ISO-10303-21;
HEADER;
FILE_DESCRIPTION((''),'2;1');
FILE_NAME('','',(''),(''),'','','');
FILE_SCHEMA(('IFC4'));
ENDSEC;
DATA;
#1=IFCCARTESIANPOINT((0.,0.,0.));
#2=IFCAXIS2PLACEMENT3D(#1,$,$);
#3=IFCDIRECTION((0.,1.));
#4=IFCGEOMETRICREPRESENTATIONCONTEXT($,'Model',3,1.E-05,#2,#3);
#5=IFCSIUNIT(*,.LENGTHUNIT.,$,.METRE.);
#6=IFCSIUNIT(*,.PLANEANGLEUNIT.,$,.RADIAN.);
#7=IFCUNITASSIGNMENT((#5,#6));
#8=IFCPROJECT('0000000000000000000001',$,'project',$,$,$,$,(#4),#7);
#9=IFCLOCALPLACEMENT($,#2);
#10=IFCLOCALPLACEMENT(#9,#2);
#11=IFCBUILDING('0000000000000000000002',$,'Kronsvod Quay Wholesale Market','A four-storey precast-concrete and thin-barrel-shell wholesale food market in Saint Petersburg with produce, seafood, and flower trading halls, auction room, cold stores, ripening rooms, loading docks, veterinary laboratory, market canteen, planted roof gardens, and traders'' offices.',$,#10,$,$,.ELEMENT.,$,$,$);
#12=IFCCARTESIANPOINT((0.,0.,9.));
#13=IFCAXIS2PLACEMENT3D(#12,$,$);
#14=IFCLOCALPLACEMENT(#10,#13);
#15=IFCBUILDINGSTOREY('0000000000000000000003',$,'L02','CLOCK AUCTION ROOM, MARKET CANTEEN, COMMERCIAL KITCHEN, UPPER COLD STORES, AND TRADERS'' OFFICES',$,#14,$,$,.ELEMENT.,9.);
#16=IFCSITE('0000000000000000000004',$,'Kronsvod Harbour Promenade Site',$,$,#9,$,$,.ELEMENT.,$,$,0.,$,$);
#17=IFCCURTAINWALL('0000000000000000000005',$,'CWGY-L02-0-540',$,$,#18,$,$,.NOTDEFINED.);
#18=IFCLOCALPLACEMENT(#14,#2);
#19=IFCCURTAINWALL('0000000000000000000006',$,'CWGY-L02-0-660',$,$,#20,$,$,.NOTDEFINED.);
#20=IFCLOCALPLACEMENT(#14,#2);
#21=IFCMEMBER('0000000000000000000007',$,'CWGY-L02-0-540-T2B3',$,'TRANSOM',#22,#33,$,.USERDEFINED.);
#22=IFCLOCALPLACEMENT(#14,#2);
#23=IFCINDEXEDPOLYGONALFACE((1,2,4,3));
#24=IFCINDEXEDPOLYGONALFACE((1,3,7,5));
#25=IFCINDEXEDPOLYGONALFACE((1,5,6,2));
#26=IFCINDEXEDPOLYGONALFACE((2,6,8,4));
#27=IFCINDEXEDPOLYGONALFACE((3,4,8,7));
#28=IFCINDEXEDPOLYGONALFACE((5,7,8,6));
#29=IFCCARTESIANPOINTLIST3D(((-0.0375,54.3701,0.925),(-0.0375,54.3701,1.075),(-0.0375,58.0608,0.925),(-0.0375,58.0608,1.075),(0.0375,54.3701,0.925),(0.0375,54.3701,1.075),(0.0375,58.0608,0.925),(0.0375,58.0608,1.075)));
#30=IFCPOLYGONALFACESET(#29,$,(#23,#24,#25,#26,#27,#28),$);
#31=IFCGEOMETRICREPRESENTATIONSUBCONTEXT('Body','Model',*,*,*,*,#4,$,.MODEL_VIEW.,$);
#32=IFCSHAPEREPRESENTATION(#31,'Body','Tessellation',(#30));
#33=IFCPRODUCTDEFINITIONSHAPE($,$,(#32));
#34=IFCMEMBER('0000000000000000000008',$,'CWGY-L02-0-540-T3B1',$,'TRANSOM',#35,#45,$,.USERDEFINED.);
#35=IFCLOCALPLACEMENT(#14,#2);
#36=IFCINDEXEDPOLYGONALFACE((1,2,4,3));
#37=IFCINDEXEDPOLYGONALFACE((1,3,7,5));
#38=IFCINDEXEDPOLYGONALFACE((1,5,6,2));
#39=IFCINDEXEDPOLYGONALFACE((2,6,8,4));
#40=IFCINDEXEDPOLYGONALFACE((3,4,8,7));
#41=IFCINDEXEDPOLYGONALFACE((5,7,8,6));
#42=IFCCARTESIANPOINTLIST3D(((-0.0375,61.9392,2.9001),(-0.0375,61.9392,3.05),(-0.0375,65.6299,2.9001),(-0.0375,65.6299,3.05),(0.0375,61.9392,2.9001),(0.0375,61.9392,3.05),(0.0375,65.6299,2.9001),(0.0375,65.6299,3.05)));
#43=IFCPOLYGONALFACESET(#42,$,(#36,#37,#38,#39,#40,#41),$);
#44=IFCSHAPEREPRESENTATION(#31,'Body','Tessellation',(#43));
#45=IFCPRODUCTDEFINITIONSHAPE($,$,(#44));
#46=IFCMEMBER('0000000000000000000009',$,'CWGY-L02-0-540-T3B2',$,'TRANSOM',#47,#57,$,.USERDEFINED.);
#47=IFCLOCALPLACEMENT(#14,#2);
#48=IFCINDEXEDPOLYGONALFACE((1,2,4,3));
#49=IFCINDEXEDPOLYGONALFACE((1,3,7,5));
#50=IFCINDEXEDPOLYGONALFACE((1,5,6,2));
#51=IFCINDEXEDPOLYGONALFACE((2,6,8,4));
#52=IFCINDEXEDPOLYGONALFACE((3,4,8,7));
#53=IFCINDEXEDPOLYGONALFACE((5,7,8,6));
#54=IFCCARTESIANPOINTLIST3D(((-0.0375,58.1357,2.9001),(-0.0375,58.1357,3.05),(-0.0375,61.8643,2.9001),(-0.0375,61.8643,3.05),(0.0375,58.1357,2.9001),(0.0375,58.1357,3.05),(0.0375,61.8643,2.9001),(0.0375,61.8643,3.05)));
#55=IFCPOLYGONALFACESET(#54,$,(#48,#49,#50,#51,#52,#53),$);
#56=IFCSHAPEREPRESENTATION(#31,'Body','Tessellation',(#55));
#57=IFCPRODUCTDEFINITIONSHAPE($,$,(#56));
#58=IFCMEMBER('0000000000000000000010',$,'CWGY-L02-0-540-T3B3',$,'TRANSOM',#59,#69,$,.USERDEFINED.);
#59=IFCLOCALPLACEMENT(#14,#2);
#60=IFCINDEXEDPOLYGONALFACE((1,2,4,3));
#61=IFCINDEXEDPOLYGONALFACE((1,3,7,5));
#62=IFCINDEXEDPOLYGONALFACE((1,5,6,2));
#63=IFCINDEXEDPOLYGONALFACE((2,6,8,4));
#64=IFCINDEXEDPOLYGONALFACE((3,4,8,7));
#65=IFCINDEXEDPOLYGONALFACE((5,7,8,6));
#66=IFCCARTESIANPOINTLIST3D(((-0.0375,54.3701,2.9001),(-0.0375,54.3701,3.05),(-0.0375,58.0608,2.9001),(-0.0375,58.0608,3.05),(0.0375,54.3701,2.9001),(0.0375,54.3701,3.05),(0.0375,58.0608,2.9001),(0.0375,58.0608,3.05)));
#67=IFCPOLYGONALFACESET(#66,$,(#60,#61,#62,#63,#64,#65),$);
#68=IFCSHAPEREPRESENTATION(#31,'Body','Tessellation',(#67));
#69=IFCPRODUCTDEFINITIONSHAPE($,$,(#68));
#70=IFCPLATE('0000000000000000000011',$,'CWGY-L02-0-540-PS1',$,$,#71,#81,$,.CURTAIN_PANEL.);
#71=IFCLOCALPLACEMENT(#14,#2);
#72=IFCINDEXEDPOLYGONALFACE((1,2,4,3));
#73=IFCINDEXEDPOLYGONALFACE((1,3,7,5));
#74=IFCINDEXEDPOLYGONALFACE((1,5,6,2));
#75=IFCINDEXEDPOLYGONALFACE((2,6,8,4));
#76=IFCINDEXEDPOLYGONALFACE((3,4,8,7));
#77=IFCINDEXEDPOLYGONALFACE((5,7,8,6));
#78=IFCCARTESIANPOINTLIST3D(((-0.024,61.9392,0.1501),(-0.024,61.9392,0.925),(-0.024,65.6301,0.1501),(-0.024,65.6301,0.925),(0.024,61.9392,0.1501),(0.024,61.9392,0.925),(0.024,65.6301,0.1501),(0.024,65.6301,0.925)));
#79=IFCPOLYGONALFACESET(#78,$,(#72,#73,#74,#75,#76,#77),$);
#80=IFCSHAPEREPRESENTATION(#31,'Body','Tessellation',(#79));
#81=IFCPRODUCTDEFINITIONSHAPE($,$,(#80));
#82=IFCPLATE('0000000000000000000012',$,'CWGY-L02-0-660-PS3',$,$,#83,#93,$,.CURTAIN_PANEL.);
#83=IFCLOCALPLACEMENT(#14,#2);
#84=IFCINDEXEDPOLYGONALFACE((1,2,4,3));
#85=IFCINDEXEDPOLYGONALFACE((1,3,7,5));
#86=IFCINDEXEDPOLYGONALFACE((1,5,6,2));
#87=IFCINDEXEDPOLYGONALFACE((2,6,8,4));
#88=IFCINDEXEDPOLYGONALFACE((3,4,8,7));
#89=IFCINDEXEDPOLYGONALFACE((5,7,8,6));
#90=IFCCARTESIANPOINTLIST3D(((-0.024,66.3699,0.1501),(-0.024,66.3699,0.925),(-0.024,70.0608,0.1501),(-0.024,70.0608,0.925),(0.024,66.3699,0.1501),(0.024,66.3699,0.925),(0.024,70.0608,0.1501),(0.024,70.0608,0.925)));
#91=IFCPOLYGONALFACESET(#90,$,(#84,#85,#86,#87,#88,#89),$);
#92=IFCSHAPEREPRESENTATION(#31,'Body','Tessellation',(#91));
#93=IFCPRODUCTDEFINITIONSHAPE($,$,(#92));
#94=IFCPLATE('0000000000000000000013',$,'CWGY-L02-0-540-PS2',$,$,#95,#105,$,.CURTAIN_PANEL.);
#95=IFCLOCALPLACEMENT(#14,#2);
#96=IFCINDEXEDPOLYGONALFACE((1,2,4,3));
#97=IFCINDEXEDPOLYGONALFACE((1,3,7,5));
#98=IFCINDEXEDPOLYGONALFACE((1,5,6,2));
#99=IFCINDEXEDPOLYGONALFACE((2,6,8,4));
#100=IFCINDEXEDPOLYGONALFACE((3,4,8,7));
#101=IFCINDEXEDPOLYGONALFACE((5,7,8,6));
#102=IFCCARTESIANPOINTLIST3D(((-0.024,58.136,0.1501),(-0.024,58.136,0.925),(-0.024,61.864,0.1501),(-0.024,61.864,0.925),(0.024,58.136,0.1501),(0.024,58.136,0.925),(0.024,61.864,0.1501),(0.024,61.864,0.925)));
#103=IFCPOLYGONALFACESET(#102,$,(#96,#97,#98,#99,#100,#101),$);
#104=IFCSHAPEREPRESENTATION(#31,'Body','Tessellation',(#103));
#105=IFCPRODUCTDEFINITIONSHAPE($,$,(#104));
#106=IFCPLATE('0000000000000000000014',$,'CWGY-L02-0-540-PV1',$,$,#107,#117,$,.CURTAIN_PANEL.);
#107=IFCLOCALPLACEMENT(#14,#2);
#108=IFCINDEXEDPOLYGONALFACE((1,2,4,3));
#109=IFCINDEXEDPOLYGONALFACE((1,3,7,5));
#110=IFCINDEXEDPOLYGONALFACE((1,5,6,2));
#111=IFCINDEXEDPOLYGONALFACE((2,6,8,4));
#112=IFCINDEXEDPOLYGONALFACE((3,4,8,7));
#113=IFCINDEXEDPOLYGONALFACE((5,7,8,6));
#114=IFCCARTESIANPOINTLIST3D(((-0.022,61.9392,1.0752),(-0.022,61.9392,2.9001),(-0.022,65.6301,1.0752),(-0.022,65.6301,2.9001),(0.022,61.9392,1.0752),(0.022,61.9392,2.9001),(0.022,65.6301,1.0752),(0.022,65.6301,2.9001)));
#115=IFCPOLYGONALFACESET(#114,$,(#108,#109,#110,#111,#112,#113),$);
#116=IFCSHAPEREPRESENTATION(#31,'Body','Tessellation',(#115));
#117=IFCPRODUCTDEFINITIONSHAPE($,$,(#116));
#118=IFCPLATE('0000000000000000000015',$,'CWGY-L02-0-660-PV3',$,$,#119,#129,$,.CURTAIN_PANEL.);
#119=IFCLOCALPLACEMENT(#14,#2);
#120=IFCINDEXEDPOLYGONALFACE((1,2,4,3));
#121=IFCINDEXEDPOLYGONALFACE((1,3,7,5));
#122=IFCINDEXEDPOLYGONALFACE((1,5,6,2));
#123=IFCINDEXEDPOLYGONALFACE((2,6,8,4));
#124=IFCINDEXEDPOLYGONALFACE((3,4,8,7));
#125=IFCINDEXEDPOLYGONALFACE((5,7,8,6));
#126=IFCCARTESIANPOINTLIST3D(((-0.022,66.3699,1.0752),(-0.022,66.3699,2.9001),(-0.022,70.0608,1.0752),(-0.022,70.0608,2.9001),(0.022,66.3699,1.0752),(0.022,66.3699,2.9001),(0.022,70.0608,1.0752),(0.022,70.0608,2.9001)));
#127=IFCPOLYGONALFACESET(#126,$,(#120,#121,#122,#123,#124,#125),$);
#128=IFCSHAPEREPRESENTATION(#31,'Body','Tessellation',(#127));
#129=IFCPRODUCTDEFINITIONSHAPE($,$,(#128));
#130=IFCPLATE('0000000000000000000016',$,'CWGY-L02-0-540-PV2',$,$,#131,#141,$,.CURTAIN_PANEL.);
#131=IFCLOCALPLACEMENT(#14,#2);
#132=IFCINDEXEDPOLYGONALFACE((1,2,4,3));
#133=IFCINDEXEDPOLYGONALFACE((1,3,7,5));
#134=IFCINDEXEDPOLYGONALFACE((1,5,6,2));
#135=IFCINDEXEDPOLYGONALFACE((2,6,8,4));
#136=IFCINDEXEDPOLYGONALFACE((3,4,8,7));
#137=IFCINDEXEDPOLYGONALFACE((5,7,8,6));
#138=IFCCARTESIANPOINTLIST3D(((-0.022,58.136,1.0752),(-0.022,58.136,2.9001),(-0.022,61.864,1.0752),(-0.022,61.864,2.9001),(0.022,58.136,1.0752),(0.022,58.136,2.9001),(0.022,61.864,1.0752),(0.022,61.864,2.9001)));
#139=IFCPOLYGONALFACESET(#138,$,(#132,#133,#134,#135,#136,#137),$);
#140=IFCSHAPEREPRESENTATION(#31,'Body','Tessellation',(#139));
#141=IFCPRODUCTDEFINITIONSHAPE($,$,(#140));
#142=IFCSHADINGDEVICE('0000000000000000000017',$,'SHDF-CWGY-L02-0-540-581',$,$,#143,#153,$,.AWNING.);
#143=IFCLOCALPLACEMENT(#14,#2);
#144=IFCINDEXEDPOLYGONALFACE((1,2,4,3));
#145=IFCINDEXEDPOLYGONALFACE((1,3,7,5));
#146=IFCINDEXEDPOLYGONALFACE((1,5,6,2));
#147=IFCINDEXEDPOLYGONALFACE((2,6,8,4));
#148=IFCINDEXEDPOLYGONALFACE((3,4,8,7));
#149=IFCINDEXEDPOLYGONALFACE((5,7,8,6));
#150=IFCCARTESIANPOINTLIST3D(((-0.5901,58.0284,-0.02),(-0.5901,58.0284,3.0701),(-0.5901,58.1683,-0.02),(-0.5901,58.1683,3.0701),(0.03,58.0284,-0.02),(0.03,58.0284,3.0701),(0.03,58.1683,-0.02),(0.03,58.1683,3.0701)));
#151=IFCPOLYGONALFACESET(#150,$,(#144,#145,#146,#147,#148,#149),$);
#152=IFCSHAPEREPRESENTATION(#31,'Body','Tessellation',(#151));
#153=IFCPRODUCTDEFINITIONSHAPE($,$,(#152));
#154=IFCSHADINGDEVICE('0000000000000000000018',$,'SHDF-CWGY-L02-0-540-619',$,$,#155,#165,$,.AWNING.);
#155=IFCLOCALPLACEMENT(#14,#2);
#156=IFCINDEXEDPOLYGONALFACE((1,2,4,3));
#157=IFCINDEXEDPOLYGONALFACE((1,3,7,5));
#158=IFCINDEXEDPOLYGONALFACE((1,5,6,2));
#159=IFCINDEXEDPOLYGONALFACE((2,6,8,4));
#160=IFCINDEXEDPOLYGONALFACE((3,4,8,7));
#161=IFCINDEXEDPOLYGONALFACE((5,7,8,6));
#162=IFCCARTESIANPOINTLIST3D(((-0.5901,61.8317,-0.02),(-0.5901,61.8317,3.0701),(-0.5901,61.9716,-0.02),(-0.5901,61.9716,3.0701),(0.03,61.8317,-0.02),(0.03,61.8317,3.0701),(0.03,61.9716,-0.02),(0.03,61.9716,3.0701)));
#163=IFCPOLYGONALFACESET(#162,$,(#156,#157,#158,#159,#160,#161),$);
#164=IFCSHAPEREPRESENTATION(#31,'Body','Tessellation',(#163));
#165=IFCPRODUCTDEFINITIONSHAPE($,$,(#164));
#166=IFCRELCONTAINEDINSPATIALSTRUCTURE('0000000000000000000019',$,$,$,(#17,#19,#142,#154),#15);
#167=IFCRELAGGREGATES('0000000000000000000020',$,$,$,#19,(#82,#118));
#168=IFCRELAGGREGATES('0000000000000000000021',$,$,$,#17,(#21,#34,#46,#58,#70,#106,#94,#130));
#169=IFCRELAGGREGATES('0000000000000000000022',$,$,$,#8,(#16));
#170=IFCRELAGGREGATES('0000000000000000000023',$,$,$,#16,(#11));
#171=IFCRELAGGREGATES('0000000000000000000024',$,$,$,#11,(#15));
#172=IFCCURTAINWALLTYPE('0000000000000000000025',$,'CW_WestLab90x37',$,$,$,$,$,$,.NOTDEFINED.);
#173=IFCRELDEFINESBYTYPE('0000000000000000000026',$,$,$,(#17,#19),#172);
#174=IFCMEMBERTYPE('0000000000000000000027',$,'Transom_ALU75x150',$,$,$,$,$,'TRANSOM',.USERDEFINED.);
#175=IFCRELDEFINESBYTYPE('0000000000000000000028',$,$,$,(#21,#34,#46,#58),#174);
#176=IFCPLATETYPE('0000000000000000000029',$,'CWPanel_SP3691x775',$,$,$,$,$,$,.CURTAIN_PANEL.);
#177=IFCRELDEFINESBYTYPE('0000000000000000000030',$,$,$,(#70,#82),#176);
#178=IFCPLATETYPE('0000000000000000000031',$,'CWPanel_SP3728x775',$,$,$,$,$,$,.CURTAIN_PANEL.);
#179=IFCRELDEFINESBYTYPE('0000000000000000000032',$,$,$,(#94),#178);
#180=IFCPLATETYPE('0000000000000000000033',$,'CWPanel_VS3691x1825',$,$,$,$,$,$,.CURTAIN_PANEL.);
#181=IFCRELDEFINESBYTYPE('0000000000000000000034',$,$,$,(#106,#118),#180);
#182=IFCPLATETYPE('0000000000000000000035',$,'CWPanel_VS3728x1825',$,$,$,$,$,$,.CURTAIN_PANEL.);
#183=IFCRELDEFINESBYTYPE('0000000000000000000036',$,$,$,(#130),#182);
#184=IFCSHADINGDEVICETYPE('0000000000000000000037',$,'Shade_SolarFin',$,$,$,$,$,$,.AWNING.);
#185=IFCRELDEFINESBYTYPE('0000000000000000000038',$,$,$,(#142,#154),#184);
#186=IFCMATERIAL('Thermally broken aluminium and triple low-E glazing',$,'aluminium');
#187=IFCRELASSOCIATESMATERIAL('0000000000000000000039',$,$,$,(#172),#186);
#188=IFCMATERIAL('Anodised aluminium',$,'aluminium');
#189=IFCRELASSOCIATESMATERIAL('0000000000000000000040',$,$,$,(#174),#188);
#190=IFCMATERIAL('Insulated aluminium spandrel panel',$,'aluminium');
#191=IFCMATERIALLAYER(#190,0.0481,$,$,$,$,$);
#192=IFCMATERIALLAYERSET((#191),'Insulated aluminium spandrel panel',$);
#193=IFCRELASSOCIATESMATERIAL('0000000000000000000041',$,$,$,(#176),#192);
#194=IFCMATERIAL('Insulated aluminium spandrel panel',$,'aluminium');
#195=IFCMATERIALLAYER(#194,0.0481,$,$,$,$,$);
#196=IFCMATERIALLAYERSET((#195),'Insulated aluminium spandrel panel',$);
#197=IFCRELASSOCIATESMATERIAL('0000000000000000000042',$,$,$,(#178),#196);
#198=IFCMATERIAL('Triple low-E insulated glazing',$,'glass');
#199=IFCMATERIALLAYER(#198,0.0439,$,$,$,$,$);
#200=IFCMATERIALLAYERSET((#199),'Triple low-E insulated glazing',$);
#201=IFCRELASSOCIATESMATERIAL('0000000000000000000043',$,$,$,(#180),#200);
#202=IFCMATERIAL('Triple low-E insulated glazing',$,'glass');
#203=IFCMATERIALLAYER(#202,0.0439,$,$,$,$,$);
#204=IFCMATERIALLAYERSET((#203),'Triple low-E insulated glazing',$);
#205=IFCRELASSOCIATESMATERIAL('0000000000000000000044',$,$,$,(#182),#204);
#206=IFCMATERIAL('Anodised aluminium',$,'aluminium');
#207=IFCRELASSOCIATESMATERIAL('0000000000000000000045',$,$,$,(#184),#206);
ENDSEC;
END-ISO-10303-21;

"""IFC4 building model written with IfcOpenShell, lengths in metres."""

from ifc_helpers import new_model, si_unit, direction, frame, origin, origin_2d, place, context, subcontext, project, spatial, rectangle, extrude, material, layer, layer_set, material_profile, profile_set, type_object, element, aggregate, save


model = new_model("IFC4")

# Units and contexts
model_context = context("Model", 3, precision=1e-05, world=origin(), true_north=direction((0.0, 1.0)))
body_context = subcontext(model_context, "Body", "Model", "MODEL_VIEW")
ifc_project = project(units=[si_unit("LENGTHUNIT", "METRE"), si_unit("PLANEANGLEUNIT", "RADIAN")], contexts=[model_context])

# Site, building, storey
site_placement = place(None, origin())
site = spatial("IfcSite", under=ifc_project, at=site_placement, Name="Kronsvod Harbour Promenade Site", CompositionType="ELEMENT", RefElevation=0.0)
building_placement = place(site_placement, origin())
building = spatial("IfcBuilding", under=site, at=building_placement, Name="Kronsvod Quay Wholesale Market", Description="A four-storey precast-concrete and thin-barrel-shell wholesale food market in Saint Petersburg with produce, seafood, and flower trading halls, auction room, cold stores, ripening rooms, loading docks, veterinary laboratory, market canteen, planted roof gardens, and traders' offices.", CompositionType="ELEMENT")
storey_placement = place(building_placement, frame((0.0, 0.0, 9.0)))
storey = spatial("IfcBuildingStorey", under=building, at=storey_placement, Name="L02", Description="CLOCK AUCTION ROOM, MARKET CANTEEN, COMMERCIAL KITCHEN, UPPER COLD STORES, AND TRADERS' OFFICES", CompositionType="ELEMENT", Elevation=9.0)

# Curtain wall
ifc_material_1 = material(Name="Thermally broken aluminium and triple low-E glazing", Category="aluminium")
curtain_wall_type = type_object("IfcCurtainWallType", Name="CW_WestLab90x37", PredefinedType="NOTDEFINED", material=ifc_material_1)
curtain_wall_1_placement = place(storey_placement, origin())
curtain_wall_1 = element("IfcCurtainWall", 1, at=curtain_wall_1_placement, inside=storey, type_object=curtain_wall_type, Name="CWGY-L02-0-540", PredefinedType="NOTDEFINED")

# Curtain wall
curtain_wall_2_placement = place(storey_placement, origin())
curtain_wall_2 = element("IfcCurtainWall", 2, at=curtain_wall_2_placement, inside=storey, type_object=curtain_wall_type, Name="CWGY-L02-0-660", PredefinedType="NOTDEFINED")

# Members
ifc_material_2 = material(Name="Anodised aluminium", Category="aluminium")
ifc_material_profile_1 = material_profile(ifc_material_2, rectangle(XDim=0.075, YDim=0.1499, at=origin_2d()), Name="ALUT75x150")
ifc_profile_set_1 = profile_set([ifc_material_profile_1], Name="Anodised aluminium")
member_type_1 = type_object("IfcMemberType", Name="Transom_ALU75x150", ElementType="TRANSOM", PredefinedType="USERDEFINED", material=ifc_profile_set_1)
member_1_placement = place(storey_placement, frame((0.0, 58.0608, 1.0), z_axis=(0.0, -1.0, 0.0), x_axis=(1.0, 0.0, 0.0)))
member_1 = element("IfcMember", 3, at=member_1_placement, type_object=member_type_1, Name="CWGY-L02-0-540-T2B3", ObjectType="TRANSOM", PredefinedType="USERDEFINED", context=body_context, shape_type="SweptSolid", body=[
    extrude(rectangle(XDim=0.075, YDim=0.1499, at=origin_2d()), origin(), (0.0, 0.0, 1.0), 3.6907),
])
member_2_placement = place(storey_placement, frame((0.0, 65.6299, 2.9751), z_axis=(0.0, -1.0, 0.0), x_axis=(1.0, 0.0, 0.0)))
member_2 = element("IfcMember", 4, at=member_2_placement, type_object=member_type_1, Name="CWGY-L02-0-540-T3B1", ObjectType="TRANSOM", PredefinedType="USERDEFINED", context=body_context, shape_type="SweptSolid", body=[
    extrude(rectangle(XDim=0.075, YDim=0.1499, at=origin_2d()), origin(), (0.0, 0.0, 1.0), 3.6907),
])
member_3_placement = place(storey_placement, frame((0.0, 61.8643, 2.9751), z_axis=(0.0, -1.0, 0.0), x_axis=(1.0, 0.0, 0.0)))
member_3 = element("IfcMember", 5, at=member_3_placement, type_object=member_type_1, Name="CWGY-L02-0-540-T3B2", ObjectType="TRANSOM", PredefinedType="USERDEFINED", context=body_context, shape_type="SweptSolid", body=[
    extrude(rectangle(XDim=0.075, YDim=0.1499, at=origin_2d()), origin(), (0.0, 0.0, 1.0), 3.7285),
])
member_4_placement = place(storey_placement, frame((0.0, 58.0608, 2.9751), z_axis=(0.0, -1.0, 0.0), x_axis=(1.0, 0.0, 0.0)))
member_4 = element("IfcMember", 6, at=member_4_placement, type_object=member_type_1, Name="CWGY-L02-0-540-T3B3", ObjectType="TRANSOM", PredefinedType="USERDEFINED", context=body_context, shape_type="SweptSolid", body=[
    extrude(rectangle(XDim=0.075, YDim=0.1499, at=origin_2d()), origin(), (0.0, 0.0, 1.0), 3.6907),
])

# Plates
ifc_material_3 = material(Name="Insulated aluminium spandrel panel", Category="aluminium")
ifc_layer_1 = layer(ifc_material_3, 0.0481)
ifc_layer_set_1 = layer_set([ifc_layer_1], Name="Insulated aluminium spandrel panel")
plate_type_1 = type_object("IfcPlateType", Name="CWPanel_SP3691x775", PredefinedType="CURTAIN_PANEL", material=ifc_layer_set_1)
plate_1_placement = place(storey_placement, frame((0.0, 63.7847, 0.1501), z_axis=(0.0, 0.0, 1.0), x_axis=(0.0, -1.0, 0.0)))
plate_1 = element("IfcPlate", 7, at=plate_1_placement, type_object=plate_type_1, Name="CWGY-L02-0-540-PS1", PredefinedType="CURTAIN_PANEL", context=body_context, shape_type="SweptSolid", body=[
    extrude(rectangle(XDim=3.6909, YDim=0.0481, at=origin_2d()), origin(), (0.0, 0.0, 1.0), 0.7749),
])
plate_2_placement = place(storey_placement, frame((0.0, 68.2153, 0.1501), z_axis=(0.0, 0.0, 1.0), x_axis=(0.0, -1.0, 0.0)))
plate_2 = element("IfcPlate", 8, at=plate_2_placement, type_object=plate_type_1, Name="CWGY-L02-0-660-PS3", PredefinedType="CURTAIN_PANEL", context=body_context, shape_type="SweptSolid", body=[
    extrude(rectangle(XDim=3.6909, YDim=0.0481, at=origin_2d()), origin(), (0.0, 0.0, 1.0), 0.7749),
])
ifc_material_4 = material(Name="Insulated aluminium spandrel panel", Category="aluminium")
ifc_layer_2 = layer(ifc_material_4, 0.0481)
ifc_layer_set_2 = layer_set([ifc_layer_2], Name="Insulated aluminium spandrel panel")
plate_type_2 = type_object("IfcPlateType", Name="CWPanel_SP3728x775", PredefinedType="CURTAIN_PANEL", material=ifc_layer_set_2)
plate_3_placement = place(storey_placement, frame((0.0, 60.0, 0.1501), z_axis=(0.0, 0.0, 1.0), x_axis=(0.0, -1.0, 0.0)))
plate_3 = element("IfcPlate", 9, at=plate_3_placement, type_object=plate_type_2, Name="CWGY-L02-0-540-PS2", PredefinedType="CURTAIN_PANEL", context=body_context, shape_type="SweptSolid", body=[
    extrude(rectangle(XDim=3.728, YDim=0.0481, at=origin_2d()), origin(), (0.0, 0.0, 1.0), 0.7749),
])
ifc_material_5 = material(Name="Triple low-E insulated glazing", Category="glass")
ifc_layer_3 = layer(ifc_material_5, 0.0439)
ifc_layer_set_3 = layer_set([ifc_layer_3], Name="Triple low-E insulated glazing")
plate_type_3 = type_object("IfcPlateType", Name="CWPanel_VS3691x1825", PredefinedType="CURTAIN_PANEL", material=ifc_layer_set_3)
plate_4_placement = place(storey_placement, frame((0.0, 63.7847, 1.0752), z_axis=(0.0, 0.0, 1.0), x_axis=(0.0, -1.0, 0.0)))
plate_4 = element("IfcPlate", 10, at=plate_4_placement, type_object=plate_type_3, Name="CWGY-L02-0-540-PV1", PredefinedType="CURTAIN_PANEL", context=body_context, shape_type="SweptSolid", body=[
    extrude(rectangle(XDim=3.6909, YDim=0.0439, at=origin_2d()), origin(), (0.0, 0.0, 1.0), 1.825),
])
plate_5_placement = place(storey_placement, frame((0.0, 68.2153, 1.0752), z_axis=(0.0, 0.0, 1.0), x_axis=(0.0, -1.0, 0.0)))
plate_5 = element("IfcPlate", 11, at=plate_5_placement, type_object=plate_type_3, Name="CWGY-L02-0-660-PV3", PredefinedType="CURTAIN_PANEL", context=body_context, shape_type="SweptSolid", body=[
    extrude(rectangle(XDim=3.6909, YDim=0.0439, at=origin_2d()), origin(), (0.0, 0.0, 1.0), 1.825),
])
aggregate(curtain_wall_2, [plate_2, plate_5])
ifc_material_6 = material(Name="Triple low-E insulated glazing", Category="glass")
ifc_layer_4 = layer(ifc_material_6, 0.0439)
ifc_layer_set_4 = layer_set([ifc_layer_4], Name="Triple low-E insulated glazing")
plate_type_4 = type_object("IfcPlateType", Name="CWPanel_VS3728x1825", PredefinedType="CURTAIN_PANEL", material=ifc_layer_set_4)
plate_6_placement = place(storey_placement, frame((0.0, 60.0, 1.0752), z_axis=(0.0, 0.0, 1.0), x_axis=(0.0, -1.0, 0.0)))
plate_6 = element("IfcPlate", 12, at=plate_6_placement, type_object=plate_type_4, Name="CWGY-L02-0-540-PV2", PredefinedType="CURTAIN_PANEL", context=body_context, shape_type="SweptSolid", body=[
    extrude(rectangle(XDim=3.728, YDim=0.0439, at=origin_2d()), origin(), (0.0, 0.0, 1.0), 1.825),
])
aggregate(curtain_wall_1, [member_1, member_2, member_3, member_4, plate_1, plate_4, plate_3, plate_6])

# Shading devices
ifc_material_7 = material(Name="Anodised aluminium", Category="aluminium")
shading_device_type = type_object("IfcShadingDeviceType", Name="Shade_SolarFin", PredefinedType="AWNING", material=ifc_material_7)
for number, where, z_axis, x_axis, name in (
    (13, (-0.28, 58.0984, -0.02), (0.0, 0.0, 1.0), (1.0, 0.0, 0.0), "SHDF-CWGY-L02-0-540-581"),
    (14, (-0.28, 61.9016, -0.02), (0.0, 0.0, 1.0), (1.0, 0.0, 0.0), "SHDF-CWGY-L02-0-540-619"),
):
    element("IfcShadingDevice", number, at=place(storey_placement, frame(where, z_axis=z_axis, x_axis=x_axis)), inside=storey, type_object=shading_device_type, Name=name, PredefinedType="AWNING", context=body_context, shape_type="SweptSolid", body=[
        extrude(rectangle(XDim=0.6201, YDim=0.1399, at=origin_2d()), origin(), (0.0, 0.0, 1.0), 3.0901),
    ])

save(model, "model.ifc")
